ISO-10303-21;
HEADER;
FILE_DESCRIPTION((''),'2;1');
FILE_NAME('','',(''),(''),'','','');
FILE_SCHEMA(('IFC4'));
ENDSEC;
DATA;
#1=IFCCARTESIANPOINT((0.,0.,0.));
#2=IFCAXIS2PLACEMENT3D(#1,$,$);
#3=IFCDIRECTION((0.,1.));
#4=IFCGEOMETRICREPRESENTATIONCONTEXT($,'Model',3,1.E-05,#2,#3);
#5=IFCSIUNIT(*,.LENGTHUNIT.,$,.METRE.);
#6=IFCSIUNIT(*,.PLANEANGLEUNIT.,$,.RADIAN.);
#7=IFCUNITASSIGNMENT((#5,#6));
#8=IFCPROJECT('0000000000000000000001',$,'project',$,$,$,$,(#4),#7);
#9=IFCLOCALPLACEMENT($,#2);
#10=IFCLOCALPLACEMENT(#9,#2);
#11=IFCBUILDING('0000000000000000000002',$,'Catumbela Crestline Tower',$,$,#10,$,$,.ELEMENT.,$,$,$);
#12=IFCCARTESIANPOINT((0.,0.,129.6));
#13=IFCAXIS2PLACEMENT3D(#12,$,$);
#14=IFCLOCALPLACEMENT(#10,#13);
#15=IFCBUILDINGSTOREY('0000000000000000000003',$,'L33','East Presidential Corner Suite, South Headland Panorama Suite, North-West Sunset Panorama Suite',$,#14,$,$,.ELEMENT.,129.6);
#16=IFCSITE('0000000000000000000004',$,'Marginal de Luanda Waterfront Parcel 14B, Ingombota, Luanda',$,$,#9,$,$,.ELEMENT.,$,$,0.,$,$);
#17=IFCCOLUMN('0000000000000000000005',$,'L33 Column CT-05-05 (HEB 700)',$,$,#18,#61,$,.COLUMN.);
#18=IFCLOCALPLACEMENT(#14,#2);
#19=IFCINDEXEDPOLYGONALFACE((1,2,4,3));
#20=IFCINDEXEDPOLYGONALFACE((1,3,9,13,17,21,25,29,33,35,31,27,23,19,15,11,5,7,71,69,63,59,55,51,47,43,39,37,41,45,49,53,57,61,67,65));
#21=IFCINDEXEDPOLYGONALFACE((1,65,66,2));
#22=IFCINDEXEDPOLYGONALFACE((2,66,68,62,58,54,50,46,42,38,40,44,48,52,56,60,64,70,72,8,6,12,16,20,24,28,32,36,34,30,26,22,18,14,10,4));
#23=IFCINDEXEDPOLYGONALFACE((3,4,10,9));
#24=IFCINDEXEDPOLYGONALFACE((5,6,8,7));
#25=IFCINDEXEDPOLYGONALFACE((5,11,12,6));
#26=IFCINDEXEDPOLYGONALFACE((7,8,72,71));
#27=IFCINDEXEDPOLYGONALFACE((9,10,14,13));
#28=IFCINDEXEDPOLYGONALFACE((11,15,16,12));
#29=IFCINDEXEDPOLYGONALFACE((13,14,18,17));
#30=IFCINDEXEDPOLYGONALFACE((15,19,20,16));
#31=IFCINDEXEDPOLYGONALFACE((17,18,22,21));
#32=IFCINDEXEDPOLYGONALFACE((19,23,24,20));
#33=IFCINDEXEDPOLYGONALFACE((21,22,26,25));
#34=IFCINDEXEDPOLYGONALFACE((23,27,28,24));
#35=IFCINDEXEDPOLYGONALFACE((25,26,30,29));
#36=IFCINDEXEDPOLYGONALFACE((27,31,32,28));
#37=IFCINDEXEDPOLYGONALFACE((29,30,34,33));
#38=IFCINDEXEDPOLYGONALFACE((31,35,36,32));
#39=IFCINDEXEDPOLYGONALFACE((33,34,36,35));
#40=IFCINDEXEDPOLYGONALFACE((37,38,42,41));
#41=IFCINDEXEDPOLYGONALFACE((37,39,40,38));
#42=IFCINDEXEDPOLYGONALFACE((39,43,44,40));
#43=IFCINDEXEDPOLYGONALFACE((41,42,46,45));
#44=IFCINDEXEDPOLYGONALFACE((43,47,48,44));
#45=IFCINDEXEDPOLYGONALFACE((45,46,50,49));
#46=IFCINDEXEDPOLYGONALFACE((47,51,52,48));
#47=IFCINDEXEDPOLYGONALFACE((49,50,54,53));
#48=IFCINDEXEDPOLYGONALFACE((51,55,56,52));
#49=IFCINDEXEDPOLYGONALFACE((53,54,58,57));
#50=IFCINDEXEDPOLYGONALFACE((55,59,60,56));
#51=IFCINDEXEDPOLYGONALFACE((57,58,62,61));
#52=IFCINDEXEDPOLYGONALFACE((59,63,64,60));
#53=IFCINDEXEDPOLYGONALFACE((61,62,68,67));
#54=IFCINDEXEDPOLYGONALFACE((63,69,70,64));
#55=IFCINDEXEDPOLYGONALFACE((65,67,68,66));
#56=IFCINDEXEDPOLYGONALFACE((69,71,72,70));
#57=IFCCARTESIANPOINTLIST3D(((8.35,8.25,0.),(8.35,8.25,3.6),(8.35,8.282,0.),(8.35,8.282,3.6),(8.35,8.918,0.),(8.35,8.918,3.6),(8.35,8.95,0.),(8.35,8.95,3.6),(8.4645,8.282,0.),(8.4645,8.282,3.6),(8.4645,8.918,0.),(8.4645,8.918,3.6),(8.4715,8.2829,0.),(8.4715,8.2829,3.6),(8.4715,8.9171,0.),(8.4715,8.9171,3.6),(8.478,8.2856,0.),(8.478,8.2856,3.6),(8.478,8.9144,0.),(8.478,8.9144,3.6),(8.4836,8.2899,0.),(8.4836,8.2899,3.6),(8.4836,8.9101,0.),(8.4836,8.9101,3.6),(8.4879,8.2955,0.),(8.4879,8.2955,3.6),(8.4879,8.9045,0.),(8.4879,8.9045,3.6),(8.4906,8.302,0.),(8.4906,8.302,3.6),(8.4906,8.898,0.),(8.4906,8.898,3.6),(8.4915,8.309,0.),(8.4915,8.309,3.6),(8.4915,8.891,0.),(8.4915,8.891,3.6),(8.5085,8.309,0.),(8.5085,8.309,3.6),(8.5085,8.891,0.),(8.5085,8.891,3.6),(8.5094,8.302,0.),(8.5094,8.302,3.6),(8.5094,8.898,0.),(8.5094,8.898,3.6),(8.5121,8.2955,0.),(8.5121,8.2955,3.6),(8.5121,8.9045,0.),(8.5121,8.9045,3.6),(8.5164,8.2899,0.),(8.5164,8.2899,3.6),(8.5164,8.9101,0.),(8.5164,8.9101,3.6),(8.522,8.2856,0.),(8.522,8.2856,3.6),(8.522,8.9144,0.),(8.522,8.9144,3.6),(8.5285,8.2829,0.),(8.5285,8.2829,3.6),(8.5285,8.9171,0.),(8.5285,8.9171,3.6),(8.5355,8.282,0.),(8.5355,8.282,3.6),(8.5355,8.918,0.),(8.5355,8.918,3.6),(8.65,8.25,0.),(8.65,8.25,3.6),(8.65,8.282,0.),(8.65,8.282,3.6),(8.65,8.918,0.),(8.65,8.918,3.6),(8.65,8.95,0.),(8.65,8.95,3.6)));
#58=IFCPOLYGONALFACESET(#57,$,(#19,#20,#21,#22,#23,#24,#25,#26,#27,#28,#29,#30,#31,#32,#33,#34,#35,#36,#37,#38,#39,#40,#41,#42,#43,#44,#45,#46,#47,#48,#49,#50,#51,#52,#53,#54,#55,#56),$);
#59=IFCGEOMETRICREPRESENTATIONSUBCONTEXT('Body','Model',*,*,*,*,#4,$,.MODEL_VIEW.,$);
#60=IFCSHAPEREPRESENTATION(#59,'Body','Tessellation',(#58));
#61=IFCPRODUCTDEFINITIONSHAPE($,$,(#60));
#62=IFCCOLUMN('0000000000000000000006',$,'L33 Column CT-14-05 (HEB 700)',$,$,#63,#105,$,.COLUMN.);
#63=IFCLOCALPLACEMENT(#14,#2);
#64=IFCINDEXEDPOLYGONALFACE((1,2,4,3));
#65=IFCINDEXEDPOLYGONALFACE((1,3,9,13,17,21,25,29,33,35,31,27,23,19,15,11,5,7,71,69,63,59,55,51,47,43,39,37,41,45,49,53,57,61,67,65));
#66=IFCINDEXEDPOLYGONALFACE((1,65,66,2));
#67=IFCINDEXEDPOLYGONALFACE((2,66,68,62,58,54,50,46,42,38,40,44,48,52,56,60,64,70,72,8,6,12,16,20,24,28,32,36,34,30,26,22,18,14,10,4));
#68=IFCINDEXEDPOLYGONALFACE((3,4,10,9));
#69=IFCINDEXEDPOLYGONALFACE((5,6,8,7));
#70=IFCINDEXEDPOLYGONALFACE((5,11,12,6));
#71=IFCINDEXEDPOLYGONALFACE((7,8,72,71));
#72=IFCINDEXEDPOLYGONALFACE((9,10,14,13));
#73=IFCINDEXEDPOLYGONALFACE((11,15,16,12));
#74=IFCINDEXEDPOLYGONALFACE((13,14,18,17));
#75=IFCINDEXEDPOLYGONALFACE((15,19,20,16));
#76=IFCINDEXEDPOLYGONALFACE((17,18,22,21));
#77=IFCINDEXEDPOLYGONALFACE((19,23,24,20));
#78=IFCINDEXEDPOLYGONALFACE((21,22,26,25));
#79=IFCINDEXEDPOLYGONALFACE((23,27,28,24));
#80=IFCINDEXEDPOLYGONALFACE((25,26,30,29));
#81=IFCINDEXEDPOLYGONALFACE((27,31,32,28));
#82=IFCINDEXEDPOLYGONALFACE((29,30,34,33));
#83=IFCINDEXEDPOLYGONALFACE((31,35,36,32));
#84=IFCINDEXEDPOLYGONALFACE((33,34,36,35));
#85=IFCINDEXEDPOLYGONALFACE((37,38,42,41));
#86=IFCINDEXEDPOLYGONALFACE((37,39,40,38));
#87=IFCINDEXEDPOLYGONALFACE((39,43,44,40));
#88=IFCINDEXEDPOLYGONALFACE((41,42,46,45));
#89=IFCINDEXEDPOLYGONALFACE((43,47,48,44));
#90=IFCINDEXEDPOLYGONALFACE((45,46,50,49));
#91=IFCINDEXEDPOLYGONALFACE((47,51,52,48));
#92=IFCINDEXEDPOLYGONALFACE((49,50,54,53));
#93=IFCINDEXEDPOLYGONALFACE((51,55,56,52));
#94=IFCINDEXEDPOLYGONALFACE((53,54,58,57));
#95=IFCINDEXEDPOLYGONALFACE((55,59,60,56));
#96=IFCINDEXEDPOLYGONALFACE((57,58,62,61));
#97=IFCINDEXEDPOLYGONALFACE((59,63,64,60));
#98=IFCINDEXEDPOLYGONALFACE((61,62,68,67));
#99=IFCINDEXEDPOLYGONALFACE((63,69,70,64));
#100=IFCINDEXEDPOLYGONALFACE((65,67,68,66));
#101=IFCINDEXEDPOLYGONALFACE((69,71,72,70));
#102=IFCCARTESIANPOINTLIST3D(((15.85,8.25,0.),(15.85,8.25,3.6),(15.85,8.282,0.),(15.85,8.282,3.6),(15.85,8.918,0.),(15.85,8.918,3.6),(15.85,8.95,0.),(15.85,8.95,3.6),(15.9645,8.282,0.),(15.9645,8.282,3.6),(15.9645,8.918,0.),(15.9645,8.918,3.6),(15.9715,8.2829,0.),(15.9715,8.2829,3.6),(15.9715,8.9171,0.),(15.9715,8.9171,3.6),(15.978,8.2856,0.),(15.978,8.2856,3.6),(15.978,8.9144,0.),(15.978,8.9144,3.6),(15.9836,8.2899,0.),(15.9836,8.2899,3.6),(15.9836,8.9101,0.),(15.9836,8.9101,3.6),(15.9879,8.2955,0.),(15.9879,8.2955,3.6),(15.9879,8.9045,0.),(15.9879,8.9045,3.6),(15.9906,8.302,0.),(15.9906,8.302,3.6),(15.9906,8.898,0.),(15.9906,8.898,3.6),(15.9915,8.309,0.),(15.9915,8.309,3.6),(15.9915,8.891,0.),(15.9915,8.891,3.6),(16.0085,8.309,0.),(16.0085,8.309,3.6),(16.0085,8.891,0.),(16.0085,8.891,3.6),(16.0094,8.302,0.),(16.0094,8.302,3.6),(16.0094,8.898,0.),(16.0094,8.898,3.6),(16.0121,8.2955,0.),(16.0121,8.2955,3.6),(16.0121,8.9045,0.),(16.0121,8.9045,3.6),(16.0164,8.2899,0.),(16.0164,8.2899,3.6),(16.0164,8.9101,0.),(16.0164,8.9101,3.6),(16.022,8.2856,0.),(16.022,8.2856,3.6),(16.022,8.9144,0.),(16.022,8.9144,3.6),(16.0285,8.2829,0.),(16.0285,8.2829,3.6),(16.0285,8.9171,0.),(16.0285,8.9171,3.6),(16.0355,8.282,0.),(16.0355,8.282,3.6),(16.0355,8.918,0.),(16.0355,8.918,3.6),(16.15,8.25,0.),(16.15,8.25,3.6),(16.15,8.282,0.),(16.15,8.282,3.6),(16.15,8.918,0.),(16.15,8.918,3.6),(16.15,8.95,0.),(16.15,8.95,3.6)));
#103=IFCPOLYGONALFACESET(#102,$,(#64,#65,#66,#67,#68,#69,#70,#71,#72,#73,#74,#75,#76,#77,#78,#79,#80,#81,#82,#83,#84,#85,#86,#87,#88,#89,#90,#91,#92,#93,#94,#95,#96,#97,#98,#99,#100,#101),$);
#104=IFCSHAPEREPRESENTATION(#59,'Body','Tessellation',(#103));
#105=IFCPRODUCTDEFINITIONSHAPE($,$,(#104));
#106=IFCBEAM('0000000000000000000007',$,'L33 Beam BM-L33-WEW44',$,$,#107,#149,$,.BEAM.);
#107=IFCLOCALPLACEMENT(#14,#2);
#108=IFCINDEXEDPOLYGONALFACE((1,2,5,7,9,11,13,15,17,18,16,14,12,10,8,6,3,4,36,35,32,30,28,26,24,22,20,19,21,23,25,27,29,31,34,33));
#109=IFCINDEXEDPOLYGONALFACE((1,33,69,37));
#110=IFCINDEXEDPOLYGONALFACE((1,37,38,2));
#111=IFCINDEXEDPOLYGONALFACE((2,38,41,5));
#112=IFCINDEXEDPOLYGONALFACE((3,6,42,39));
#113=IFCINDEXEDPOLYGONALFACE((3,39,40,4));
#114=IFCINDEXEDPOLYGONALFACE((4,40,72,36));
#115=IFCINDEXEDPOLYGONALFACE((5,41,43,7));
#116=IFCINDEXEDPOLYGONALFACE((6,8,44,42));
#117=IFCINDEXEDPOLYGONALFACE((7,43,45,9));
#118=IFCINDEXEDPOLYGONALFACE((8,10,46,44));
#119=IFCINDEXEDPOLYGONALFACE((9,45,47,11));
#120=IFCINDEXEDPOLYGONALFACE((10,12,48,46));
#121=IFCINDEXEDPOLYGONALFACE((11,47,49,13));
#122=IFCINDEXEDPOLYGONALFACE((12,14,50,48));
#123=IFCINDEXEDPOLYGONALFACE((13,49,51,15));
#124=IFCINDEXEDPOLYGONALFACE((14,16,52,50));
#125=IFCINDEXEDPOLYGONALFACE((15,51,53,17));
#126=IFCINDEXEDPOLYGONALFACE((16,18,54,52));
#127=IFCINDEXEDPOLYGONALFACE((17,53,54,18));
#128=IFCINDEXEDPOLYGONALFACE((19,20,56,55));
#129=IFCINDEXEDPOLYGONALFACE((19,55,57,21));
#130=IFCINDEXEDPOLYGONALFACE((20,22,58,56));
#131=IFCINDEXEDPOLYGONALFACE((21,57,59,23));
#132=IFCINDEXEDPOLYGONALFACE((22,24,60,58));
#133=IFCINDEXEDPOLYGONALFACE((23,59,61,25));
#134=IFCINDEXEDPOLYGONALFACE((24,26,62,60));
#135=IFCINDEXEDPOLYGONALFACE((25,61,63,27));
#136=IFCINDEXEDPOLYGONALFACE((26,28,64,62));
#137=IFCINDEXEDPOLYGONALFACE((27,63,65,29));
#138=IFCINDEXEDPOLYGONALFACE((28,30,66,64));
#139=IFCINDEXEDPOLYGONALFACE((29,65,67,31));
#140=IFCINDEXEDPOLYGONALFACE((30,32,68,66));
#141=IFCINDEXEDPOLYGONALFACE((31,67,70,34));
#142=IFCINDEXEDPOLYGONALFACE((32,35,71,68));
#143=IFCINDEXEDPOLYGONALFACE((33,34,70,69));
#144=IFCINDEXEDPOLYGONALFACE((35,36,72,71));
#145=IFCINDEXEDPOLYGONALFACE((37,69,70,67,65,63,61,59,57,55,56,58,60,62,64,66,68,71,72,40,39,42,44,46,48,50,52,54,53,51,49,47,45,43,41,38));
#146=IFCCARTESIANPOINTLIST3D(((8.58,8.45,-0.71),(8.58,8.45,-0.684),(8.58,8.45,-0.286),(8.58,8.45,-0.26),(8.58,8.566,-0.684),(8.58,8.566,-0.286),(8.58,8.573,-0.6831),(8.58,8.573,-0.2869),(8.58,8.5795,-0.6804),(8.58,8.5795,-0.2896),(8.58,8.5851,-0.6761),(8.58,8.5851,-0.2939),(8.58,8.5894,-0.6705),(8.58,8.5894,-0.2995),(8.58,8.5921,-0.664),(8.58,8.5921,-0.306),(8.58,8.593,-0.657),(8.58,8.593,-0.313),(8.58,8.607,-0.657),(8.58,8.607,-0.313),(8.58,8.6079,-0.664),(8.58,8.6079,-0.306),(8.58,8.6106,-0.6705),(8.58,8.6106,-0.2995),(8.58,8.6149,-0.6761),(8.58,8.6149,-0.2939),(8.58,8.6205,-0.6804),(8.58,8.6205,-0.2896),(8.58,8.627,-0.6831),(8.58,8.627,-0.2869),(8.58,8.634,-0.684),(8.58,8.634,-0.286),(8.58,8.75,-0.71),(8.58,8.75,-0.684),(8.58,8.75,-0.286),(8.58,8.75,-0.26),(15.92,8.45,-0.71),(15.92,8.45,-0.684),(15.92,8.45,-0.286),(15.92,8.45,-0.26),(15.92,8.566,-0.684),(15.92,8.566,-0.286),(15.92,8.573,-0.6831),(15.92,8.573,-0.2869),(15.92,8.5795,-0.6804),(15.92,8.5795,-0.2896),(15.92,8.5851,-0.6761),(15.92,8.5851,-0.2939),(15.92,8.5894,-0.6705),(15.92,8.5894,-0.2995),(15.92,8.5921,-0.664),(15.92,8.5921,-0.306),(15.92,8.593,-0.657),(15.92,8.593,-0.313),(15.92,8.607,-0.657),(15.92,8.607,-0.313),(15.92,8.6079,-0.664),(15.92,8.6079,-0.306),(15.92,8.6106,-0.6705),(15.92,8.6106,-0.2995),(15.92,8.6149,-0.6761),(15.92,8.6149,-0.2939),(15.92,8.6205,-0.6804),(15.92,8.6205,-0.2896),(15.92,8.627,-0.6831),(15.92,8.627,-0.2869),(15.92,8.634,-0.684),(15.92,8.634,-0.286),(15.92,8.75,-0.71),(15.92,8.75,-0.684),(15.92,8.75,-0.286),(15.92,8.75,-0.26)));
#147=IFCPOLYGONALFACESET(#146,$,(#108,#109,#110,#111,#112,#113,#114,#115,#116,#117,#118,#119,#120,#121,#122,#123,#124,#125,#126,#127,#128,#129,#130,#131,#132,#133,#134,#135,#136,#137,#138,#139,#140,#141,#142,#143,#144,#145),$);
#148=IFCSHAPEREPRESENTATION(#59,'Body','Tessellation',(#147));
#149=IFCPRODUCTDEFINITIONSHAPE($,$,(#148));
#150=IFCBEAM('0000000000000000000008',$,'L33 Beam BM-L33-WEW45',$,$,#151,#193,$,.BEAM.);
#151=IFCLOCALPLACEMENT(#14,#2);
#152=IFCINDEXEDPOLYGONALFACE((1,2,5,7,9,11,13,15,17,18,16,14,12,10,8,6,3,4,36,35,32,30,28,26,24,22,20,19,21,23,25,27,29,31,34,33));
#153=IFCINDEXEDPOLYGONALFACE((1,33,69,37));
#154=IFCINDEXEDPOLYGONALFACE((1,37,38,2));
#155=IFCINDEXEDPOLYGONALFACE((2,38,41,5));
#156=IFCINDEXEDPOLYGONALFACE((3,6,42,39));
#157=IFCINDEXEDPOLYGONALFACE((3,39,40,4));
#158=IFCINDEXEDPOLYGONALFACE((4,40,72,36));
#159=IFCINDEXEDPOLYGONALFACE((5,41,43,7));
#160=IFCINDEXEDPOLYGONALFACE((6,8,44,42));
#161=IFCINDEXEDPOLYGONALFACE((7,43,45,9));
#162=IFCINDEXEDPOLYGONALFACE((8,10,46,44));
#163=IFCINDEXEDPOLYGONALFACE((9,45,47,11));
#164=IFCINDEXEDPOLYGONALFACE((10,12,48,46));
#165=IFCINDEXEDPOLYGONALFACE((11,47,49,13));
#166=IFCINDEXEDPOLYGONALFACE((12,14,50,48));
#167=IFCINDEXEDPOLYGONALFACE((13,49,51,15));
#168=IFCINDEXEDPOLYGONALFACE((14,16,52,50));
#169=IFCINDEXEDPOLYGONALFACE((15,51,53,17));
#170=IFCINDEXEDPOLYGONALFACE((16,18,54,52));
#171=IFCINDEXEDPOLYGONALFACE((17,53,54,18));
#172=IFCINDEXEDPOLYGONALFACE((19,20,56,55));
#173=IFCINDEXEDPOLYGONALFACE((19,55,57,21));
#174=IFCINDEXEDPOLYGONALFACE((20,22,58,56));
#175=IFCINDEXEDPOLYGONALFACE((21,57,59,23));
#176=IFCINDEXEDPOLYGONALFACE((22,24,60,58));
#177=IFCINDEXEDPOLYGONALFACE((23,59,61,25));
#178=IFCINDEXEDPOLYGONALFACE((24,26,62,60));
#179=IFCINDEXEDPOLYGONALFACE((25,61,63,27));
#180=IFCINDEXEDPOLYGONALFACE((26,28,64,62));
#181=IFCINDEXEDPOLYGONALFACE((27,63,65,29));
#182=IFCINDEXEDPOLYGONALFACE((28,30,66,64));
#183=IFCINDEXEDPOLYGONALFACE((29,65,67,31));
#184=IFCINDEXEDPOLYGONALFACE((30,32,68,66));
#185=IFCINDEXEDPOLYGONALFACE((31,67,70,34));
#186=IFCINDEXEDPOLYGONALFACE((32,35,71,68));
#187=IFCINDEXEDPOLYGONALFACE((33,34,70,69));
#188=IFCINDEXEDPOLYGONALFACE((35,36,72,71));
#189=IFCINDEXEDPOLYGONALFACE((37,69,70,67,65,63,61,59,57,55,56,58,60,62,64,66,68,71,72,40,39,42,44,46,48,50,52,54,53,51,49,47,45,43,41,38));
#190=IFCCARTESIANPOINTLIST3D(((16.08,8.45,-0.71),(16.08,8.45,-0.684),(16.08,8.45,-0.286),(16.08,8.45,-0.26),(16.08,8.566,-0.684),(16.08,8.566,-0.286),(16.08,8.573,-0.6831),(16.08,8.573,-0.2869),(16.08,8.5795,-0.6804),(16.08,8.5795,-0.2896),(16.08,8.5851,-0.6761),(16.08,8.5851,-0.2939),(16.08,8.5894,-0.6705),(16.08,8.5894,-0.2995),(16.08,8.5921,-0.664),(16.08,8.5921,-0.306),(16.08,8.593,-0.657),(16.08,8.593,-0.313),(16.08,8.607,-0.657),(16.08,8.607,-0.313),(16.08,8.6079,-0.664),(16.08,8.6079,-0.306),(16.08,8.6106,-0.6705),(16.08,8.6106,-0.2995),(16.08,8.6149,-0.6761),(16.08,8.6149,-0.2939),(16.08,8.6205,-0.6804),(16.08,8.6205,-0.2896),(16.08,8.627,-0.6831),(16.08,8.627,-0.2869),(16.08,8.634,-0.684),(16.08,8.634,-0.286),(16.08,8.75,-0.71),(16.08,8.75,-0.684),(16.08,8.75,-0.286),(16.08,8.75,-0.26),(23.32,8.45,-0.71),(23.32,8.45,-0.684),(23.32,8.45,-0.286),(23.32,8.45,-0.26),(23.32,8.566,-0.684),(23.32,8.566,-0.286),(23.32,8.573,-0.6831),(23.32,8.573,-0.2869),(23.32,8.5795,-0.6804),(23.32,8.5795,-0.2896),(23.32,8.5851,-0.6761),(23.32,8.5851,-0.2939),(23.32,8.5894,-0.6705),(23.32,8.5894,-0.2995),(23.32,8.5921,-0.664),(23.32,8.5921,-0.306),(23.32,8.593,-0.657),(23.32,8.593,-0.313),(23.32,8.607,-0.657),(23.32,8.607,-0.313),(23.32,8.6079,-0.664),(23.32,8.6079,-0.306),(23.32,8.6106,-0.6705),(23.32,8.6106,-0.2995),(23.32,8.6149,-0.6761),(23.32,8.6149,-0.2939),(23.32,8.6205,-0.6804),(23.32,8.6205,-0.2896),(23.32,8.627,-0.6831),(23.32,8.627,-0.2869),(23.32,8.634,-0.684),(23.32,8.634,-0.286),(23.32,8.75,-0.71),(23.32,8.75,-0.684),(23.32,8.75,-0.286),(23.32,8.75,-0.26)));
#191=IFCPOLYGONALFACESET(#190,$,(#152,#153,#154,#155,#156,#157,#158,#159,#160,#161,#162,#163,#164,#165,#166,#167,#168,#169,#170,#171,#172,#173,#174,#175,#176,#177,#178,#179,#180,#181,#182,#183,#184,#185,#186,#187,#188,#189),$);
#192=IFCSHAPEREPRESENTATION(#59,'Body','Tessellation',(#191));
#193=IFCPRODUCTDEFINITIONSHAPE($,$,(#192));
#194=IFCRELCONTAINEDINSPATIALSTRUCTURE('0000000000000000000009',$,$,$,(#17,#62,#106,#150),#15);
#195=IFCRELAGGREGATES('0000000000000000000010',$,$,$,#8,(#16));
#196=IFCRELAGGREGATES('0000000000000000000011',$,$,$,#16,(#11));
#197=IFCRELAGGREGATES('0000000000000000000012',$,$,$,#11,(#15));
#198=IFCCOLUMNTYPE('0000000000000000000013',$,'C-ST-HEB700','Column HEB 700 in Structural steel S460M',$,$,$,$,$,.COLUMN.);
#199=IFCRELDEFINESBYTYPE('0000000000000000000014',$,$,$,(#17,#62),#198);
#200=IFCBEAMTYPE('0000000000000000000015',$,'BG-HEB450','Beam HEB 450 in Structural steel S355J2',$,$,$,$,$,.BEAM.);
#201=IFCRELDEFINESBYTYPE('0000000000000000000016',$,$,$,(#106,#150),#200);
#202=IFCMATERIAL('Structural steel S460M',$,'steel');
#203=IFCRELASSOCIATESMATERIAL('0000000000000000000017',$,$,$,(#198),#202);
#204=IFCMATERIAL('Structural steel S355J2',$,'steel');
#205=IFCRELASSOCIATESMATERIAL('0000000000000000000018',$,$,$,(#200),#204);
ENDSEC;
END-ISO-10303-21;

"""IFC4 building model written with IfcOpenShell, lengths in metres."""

from ifc_helpers import new_model, si_unit, direction, frame, origin, origin_2d, place, context, subcontext, project, spatial, i_section, extrude, material, material_profile, profile_set, type_object, element, save


model = new_model("IFC4")

# Units and contexts
model_context = context("Model", 3, precision=1e-05, world=origin(), true_north=direction((0.0, 1.0)))
body_context = subcontext(model_context, "Body", "Model", "MODEL_VIEW")
ifc_project = project(units=[si_unit("LENGTHUNIT", "METRE"), si_unit("PLANEANGLEUNIT", "RADIAN")], contexts=[model_context])

# Site, building, storey
site_placement = place(None, origin())
site = spatial("IfcSite", under=ifc_project, at=site_placement, Name="Marginal de Luanda Waterfront Parcel 14B, Ingombota, Luanda", CompositionType="ELEMENT", RefElevation=0.0)
building_placement = place(site_placement, origin())
building = spatial("IfcBuilding", under=site, at=building_placement, Name="Catumbela Crestline Tower", CompositionType="ELEMENT")
storey_placement = place(building_placement, frame((0.0, 0.0, 129.6)))
storey = spatial("IfcBuildingStorey", under=building, at=storey_placement, Name="L33", Description="East Presidential Corner Suite, South Headland Panorama Suite, North-West Sunset Panorama Suite", CompositionType="ELEMENT", Elevation=129.6)

# Columns
ifc_material_1 = material(Name="Structural steel S460M", Category="steel")
ifc_material_profile_1 = material_profile(ifc_material_1, i_section(OverallWidth=0.3, OverallDepth=0.7, WebThickness=0.017, FlangeThickness=0.032, FilletRadius=0.027, at=origin_2d()), Name="HEB 700")
ifc_profile_set_1 = profile_set([ifc_material_profile_1], Name="Structural steel S460M")
column_type = type_object("IfcColumnType", Name="C-ST-HEB700", Description="Column HEB 700 in Structural steel S460M", PredefinedType="COLUMN", material=ifc_profile_set_1)
for number, where, z_axis, x_axis, name in (
    (1, (8.5, 8.6, 0.0), (0.0, 0.0, 1.0), (1.0, 0.0, 0.0), "L33 Column CT-05-05 (HEB 700)"),
    (2, (16.0, 8.6, 0.0), (0.0, 0.0, 1.0), (1.0, 0.0, 0.0), "L33 Column CT-14-05 (HEB 700)"),
):
    element("IfcColumn", number, at=place(storey_placement, frame(where, z_axis=z_axis, x_axis=x_axis)), inside=storey, type_object=column_type, Name=name, PredefinedType="COLUMN", context=body_context, shape_type="SweptSolid", body=[
        extrude(i_section(OverallWidth=0.3, OverallDepth=0.7, WebThickness=0.017, FlangeThickness=0.032, FilletRadius=0.027, at=origin_2d()), origin(), (0.0, 0.0, 1.0), 3.6),
    ])

# Beams
ifc_material_2 = material(Name="Structural steel S355J2", Category="steel")
ifc_material_profile_2 = material_profile(ifc_material_2, i_section(OverallWidth=0.3, OverallDepth=0.45, WebThickness=0.014, FlangeThickness=0.026, FilletRadius=0.027, at=origin_2d()), Name="HEB 450")
ifc_profile_set_2 = profile_set([ifc_material_profile_2], Name="Structural steel S355J2")
beam_type = type_object("IfcBeamType", Name="BG-HEB450", Description="Beam HEB 450 in Structural steel S355J2", PredefinedType="BEAM", material=ifc_profile_set_2)
beam_1_placement = place(storey_placement, frame((8.58, 8.6, -0.485), z_axis=(1.0, 0.0, 0.0), x_axis=(0.0, 1.0, 0.0)))
element("IfcBeam", 3, at=beam_1_placement, inside=storey, type_object=beam_type, Name="L33 Beam BM-L33-WEW44", PredefinedType="BEAM", context=body_context, shape_type="SweptSolid", body=[
    extrude(i_section(OverallWidth=0.3, OverallDepth=0.45, WebThickness=0.014, FlangeThickness=0.026, FilletRadius=0.027, at=origin_2d()), origin(), (0.0, 0.0, 1.0), 7.34),
])
beam_2_placement = place(storey_placement, frame((16.08, 8.6, -0.485), z_axis=(1.0, 0.0, 0.0), x_axis=(0.0, 1.0, 0.0)))
element("IfcBeam", 4, at=beam_2_placement, inside=storey, type_object=beam_type, Name="L33 Beam BM-L33-WEW45", PredefinedType="BEAM", context=body_context, shape_type="SweptSolid", body=[
    extrude(i_section(OverallWidth=0.3, OverallDepth=0.45, WebThickness=0.014, FlangeThickness=0.026, FilletRadius=0.027, at=origin_2d()), origin(), (0.0, 0.0, 1.0), 7.24),
])

save(model, "model.ifc")
